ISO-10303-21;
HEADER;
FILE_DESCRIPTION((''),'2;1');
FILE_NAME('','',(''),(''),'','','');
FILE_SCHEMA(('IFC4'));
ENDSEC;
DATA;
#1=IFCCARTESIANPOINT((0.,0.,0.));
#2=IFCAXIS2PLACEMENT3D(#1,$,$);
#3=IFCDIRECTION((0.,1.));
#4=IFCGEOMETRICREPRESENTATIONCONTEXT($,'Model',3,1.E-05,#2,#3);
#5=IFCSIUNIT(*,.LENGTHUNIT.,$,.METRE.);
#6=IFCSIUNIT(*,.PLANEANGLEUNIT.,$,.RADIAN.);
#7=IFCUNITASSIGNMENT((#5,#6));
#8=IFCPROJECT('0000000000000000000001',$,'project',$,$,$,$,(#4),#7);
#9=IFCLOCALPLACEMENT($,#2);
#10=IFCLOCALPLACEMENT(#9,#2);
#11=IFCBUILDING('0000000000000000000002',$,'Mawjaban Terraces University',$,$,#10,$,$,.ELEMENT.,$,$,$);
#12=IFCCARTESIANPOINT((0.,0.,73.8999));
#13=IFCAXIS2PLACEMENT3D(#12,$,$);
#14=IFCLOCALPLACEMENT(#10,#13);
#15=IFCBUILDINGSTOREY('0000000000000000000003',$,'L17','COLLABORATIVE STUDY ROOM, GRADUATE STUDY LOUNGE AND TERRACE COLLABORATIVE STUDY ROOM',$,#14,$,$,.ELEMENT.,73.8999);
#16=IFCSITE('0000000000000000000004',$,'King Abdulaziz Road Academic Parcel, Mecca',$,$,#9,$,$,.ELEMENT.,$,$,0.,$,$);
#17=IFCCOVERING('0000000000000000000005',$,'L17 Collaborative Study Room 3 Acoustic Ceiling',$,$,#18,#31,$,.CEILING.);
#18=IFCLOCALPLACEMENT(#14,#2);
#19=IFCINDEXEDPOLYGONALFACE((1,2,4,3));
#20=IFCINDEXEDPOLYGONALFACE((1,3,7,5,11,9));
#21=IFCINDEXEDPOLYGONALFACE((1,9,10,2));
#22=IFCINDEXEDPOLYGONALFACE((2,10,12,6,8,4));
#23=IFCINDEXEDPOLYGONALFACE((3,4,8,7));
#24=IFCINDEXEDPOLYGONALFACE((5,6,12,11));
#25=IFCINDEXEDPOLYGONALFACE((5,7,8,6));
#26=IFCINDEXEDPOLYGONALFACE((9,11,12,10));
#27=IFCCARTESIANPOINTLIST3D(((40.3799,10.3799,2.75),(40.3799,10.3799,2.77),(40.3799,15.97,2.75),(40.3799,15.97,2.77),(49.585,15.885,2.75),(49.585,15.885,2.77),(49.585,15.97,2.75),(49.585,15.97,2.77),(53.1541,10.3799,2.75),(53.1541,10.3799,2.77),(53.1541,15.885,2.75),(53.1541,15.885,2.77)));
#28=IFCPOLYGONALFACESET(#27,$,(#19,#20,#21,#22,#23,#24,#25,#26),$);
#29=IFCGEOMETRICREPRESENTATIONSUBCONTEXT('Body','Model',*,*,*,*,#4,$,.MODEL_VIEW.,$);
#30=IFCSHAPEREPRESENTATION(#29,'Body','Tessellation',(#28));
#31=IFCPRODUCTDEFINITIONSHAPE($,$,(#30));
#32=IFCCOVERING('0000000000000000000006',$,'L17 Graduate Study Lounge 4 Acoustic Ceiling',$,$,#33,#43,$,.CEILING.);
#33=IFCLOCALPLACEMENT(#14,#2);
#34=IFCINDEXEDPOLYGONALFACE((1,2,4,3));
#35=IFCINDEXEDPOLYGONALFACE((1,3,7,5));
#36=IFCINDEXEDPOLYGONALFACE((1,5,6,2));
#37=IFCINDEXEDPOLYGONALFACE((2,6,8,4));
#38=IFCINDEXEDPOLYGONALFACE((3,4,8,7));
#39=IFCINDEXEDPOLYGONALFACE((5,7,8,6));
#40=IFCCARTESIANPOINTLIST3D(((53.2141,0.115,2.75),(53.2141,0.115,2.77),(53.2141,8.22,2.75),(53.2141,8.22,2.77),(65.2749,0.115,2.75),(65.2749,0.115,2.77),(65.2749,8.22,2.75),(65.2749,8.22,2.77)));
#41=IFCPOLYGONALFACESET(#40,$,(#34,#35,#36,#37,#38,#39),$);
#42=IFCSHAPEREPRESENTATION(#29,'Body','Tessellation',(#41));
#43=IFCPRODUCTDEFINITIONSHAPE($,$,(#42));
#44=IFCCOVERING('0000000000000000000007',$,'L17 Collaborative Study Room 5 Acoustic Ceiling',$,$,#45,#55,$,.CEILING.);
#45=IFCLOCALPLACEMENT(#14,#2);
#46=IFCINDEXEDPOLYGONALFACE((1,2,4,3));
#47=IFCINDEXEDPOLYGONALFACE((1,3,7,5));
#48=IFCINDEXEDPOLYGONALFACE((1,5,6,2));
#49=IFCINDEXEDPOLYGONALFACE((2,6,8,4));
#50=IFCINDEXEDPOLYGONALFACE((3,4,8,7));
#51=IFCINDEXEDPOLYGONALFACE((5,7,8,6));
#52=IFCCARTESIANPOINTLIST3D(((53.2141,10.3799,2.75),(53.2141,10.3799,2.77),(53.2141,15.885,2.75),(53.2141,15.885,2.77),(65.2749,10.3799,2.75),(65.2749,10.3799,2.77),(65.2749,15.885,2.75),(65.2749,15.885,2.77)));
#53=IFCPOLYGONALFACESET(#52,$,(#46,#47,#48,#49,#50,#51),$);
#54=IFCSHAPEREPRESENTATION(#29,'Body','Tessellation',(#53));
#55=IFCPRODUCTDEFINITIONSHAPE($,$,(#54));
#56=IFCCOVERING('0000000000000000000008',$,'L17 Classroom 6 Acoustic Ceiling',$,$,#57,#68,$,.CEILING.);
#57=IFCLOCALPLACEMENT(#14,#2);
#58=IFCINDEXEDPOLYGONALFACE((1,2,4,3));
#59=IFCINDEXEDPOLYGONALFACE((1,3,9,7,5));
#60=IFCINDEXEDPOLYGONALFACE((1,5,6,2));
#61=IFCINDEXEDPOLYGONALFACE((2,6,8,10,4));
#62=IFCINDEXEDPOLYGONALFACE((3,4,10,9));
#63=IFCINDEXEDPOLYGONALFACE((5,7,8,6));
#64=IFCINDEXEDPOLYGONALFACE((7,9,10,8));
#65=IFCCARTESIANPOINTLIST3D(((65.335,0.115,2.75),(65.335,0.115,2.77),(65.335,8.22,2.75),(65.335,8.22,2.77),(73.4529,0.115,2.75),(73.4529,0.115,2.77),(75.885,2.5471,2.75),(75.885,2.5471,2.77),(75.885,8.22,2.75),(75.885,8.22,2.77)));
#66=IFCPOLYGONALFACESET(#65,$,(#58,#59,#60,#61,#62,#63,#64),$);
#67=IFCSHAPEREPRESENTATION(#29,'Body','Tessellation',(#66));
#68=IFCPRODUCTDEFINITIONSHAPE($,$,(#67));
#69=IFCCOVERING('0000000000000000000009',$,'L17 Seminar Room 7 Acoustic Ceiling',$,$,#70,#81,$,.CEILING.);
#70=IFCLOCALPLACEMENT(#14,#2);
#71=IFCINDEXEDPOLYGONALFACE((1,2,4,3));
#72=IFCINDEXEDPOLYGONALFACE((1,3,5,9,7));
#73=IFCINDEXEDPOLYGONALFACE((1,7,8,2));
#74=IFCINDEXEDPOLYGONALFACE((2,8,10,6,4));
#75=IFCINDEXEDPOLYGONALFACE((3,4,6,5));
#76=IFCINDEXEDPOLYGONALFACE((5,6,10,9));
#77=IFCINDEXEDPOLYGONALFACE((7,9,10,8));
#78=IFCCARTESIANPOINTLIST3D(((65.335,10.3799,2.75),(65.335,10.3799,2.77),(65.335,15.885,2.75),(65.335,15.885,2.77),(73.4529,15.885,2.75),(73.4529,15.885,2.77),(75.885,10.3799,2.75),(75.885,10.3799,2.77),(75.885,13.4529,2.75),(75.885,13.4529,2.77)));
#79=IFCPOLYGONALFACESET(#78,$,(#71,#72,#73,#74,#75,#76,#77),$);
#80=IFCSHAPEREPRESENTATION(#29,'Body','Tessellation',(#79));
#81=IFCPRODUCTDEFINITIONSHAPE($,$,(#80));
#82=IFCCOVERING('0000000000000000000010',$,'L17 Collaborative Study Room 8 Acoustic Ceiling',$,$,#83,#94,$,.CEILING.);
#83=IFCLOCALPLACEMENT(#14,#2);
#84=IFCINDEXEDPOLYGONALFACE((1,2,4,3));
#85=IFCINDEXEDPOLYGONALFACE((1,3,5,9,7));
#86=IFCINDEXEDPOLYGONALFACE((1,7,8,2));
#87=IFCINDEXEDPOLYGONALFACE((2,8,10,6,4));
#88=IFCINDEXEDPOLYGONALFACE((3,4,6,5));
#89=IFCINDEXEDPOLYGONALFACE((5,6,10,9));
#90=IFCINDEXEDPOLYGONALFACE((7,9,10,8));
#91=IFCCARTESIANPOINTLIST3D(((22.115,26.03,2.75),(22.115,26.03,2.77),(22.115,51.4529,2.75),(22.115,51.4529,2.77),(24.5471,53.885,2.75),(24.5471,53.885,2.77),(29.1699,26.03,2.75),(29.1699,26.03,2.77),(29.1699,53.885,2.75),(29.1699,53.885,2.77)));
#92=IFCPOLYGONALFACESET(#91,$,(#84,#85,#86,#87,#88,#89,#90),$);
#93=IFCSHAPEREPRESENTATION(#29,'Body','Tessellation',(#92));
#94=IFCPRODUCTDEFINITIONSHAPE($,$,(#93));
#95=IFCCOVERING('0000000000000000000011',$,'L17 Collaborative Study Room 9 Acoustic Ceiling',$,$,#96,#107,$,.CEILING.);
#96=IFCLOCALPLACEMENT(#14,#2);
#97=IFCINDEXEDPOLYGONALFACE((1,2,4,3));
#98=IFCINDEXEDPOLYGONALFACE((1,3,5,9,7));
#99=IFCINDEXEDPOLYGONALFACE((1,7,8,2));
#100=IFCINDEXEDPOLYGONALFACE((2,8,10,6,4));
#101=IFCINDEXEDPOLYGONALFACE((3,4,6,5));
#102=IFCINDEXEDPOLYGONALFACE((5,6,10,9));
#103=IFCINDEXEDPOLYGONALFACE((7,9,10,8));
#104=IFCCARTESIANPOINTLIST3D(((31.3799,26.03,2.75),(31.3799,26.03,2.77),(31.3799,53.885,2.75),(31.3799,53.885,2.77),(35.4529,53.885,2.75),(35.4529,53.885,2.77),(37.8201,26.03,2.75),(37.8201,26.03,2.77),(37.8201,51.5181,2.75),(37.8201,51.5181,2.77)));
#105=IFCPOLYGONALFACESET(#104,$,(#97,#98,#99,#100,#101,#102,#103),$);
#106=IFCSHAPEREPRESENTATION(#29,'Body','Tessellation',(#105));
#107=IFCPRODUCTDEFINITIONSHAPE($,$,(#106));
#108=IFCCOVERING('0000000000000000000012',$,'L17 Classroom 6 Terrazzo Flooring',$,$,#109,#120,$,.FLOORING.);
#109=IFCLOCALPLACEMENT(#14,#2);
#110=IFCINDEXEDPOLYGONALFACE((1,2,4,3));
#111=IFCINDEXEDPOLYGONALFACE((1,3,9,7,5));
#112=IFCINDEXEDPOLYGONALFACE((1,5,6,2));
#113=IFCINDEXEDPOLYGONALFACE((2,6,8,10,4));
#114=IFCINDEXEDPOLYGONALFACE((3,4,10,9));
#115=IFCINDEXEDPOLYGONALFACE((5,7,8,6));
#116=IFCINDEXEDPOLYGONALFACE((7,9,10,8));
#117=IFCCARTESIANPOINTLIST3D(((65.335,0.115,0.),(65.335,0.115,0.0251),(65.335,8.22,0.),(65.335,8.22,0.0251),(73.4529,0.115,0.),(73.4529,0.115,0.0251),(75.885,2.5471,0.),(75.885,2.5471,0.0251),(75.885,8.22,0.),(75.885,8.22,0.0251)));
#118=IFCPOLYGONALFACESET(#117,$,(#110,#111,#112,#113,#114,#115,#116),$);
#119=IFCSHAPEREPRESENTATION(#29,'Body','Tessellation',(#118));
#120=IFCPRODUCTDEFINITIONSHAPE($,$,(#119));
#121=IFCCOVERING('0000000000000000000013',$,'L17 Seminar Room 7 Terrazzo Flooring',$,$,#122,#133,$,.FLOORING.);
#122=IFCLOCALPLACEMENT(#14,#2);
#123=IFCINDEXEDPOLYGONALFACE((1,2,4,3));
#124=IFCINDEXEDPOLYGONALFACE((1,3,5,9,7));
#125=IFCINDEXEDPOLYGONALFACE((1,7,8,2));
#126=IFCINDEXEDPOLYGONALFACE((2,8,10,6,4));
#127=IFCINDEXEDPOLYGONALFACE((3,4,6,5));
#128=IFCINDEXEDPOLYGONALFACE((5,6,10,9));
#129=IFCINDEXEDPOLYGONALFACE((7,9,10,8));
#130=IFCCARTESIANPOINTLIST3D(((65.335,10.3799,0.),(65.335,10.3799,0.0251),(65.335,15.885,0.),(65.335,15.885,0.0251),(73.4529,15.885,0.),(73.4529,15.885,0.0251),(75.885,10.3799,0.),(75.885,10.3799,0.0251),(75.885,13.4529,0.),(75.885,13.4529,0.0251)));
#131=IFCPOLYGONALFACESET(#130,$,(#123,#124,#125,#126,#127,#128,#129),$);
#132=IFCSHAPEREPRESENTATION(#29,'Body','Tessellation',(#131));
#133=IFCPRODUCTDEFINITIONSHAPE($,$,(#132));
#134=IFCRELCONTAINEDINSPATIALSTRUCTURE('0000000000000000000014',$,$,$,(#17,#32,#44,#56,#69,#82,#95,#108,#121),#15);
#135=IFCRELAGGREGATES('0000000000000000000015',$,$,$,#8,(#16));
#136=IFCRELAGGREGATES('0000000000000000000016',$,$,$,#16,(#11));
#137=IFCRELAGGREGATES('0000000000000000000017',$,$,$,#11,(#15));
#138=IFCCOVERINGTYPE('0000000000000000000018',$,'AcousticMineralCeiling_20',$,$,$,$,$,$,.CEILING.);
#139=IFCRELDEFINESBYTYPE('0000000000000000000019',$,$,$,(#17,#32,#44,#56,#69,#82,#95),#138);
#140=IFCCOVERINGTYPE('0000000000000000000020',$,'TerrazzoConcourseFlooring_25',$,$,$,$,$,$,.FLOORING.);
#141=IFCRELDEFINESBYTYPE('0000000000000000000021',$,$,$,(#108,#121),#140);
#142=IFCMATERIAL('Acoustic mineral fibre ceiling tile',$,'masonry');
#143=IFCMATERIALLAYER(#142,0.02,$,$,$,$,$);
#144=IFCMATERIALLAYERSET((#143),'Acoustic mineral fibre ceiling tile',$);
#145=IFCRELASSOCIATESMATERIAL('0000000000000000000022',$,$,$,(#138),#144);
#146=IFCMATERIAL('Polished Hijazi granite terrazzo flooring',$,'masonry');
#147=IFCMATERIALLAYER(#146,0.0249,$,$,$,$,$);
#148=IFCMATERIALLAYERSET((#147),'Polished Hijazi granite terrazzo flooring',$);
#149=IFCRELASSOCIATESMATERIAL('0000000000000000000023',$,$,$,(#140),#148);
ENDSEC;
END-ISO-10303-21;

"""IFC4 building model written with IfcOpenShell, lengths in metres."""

from ifc_helpers import new_model, si_unit, direction, frame, origin, place, context, subcontext, project, spatial, polyline, outline, extrude, material, layer, layer_set, type_object, element, save


model = new_model("IFC4")

# Units and contexts
model_context = context("Model", 3, precision=1e-05, world=origin(), true_north=direction((0.0, 1.0)))
body_context = subcontext(model_context, "Body", "Model", "MODEL_VIEW")
ifc_project = project(units=[si_unit("LENGTHUNIT", "METRE"), si_unit("PLANEANGLEUNIT", "RADIAN")], contexts=[model_context])

# Site, building, storey
site_placement = place(None, origin())
site = spatial("IfcSite", under=ifc_project, at=site_placement, Name="King Abdulaziz Road Academic Parcel, Mecca", CompositionType="ELEMENT", RefElevation=0.0)
building_placement = place(site_placement, origin())
building = spatial("IfcBuilding", under=site, at=building_placement, Name="Mawjaban Terraces University", CompositionType="ELEMENT")
storey_placement = place(building_placement, frame((0.0, 0.0, 73.8999)))
storey = spatial("IfcBuildingStorey", under=building, at=storey_placement, Name="L17", Description="COLLABORATIVE STUDY ROOM, GRADUATE STUDY LOUNGE AND TERRACE COLLABORATIVE STUDY ROOM", CompositionType="ELEMENT", Elevation=73.8999)

# Coverings
ifc_material_1 = material(Name="Acoustic mineral fibre ceiling tile", Category="masonry")
ifc_layer_1 = layer(ifc_material_1, 0.02)
ifc_layer_set_1 = layer_set([ifc_layer_1], Name="Acoustic mineral fibre ceiling tile")
covering_type_1 = type_object("IfcCoveringType", Name="AcousticMineralCeiling_20", PredefinedType="CEILING", material=ifc_layer_set_1)
covering_1_placement = place(storey_placement, frame((0.0, 0.0, 2.75)))
element("IfcCovering", 1, at=covering_1_placement, inside=storey, type_object=covering_type_1, Name="L17 Collaborative Study Room 3 Acoustic Ceiling", PredefinedType="CEILING", context=body_context, shape_type="SweptSolid", body=[
    extrude(outline(polyline([(53.1541, 15.885), (49.585, 15.885), (49.585, 15.97), (40.3799, 15.97), (40.3799, 10.3799), (53.1541, 10.3799), (53.1541, 15.885)])), origin(), (0.0, 0.0, 1.0), 0.02),
])
covering_2_placement = place(storey_placement, frame((0.0, 0.0, 2.75)))
element("IfcCovering", 2, at=covering_2_placement, inside=storey, type_object=covering_type_1, Name="L17 Graduate Study Lounge 4 Acoustic Ceiling", PredefinedType="CEILING", context=body_context, shape_type="SweptSolid", body=[
    extrude(outline(polyline([(53.2141, 0.115), (65.2749, 0.115), (65.2749, 8.22), (53.2141, 8.22), (53.2141, 0.115)])), origin(), (0.0, 0.0, 1.0), 0.02),
])
covering_3_placement = place(storey_placement, frame((0.0, 0.0, 2.75)))
element("IfcCovering", 3, at=covering_3_placement, inside=storey, type_object=covering_type_1, Name="L17 Collaborative Study Room 5 Acoustic Ceiling", PredefinedType="CEILING", context=body_context, shape_type="SweptSolid", body=[
    extrude(outline(polyline([(65.2749, 15.885), (53.2141, 15.885), (53.2141, 10.3799), (65.2749, 10.3799), (65.2749, 15.885)])), origin(), (0.0, 0.0, 1.0), 0.02),
])
covering_4_placement = place(storey_placement, frame((0.0, 0.0, 2.75)))
element("IfcCovering", 4, at=covering_4_placement, inside=storey, type_object=covering_type_1, Name="L17 Classroom 6 Acoustic Ceiling", PredefinedType="CEILING", context=body_context, shape_type="SweptSolid", body=[
    extrude(outline(polyline([(65.335, 0.115), (73.4529, 0.115), (75.885, 2.5471), (75.885, 8.22), (65.335, 8.22), (65.335, 0.115)])), origin(), (0.0, 0.0, 1.0), 0.02),
])
covering_5_placement = place(storey_placement, frame((0.0, 0.0, 2.75)))
element("IfcCovering", 5, at=covering_5_placement, inside=storey, type_object=covering_type_1, Name="L17 Seminar Room 7 Acoustic Ceiling", PredefinedType="CEILING", context=body_context, shape_type="SweptSolid", body=[
    extrude(outline(polyline([(75.885, 10.3799), (75.885, 13.4529), (73.4529, 15.885), (65.335, 15.885), (65.335, 10.3799), (75.885, 10.3799)])), origin(), (0.0, 0.0, 1.0), 0.02),
])
covering_6_placement = place(storey_placement, frame((0.0, 0.0, 2.75)))
element("IfcCovering", 6, at=covering_6_placement, inside=storey, type_object=covering_type_1, Name="L17 Collaborative Study Room 8 Acoustic Ceiling", PredefinedType="CEILING", context=body_context, shape_type="SweptSolid", body=[
    extrude(outline(polyline([(29.1699, 53.885), (24.5471, 53.885), (22.115, 51.4529), (22.115, 26.03), (29.1699, 26.03), (29.1699, 53.885)])), origin(), (0.0, 0.0, 1.0), 0.02),
])
covering_7_placement = place(storey_placement, frame((0.0, 0.0, 2.75)))
element("IfcCovering", 7, at=covering_7_placement, inside=storey, type_object=covering_type_1, Name="L17 Collaborative Study Room 9 Acoustic Ceiling", PredefinedType="CEILING", context=body_context, shape_type="SweptSolid", body=[
    extrude(outline(polyline([(35.4529, 53.885), (31.3799, 53.885), (31.3799, 26.03), (37.8201, 26.03), (37.8201, 51.5181), (35.4529, 53.885)])), origin(), (0.0, 0.0, 1.0), 0.02),
])
ifc_material_2 = material(Name="Polished Hijazi granite terrazzo flooring", Category="masonry")
ifc_layer_2 = layer(ifc_material_2, 0.0249)
ifc_layer_set_2 = layer_set([ifc_layer_2], Name="Polished Hijazi granite terrazzo flooring")
covering_type_2 = type_object("IfcCoveringType", Name="TerrazzoConcourseFlooring_25", PredefinedType="FLOORING", material=ifc_layer_set_2)
covering_8_placement = place(storey_placement, origin())
element("IfcCovering", 8, at=covering_8_placement, inside=storey, type_object=covering_type_2, Name="L17 Classroom 6 Terrazzo Flooring", PredefinedType="FLOORING", context=body_context, shape_type="SweptSolid", body=[
    extrude(outline(polyline([(65.335, 0.115), (73.4529, 0.115), (75.885, 2.5471), (75.885, 8.22), (65.335, 8.22), (65.335, 0.115)])), origin(), (0.0, 0.0, 1.0), 0.0251),
])
covering_9_placement = place(storey_placement, origin())
element("IfcCovering", 9, at=covering_9_placement, inside=storey, type_object=covering_type_2, Name="L17 Seminar Room 7 Terrazzo Flooring", PredefinedType="FLOORING", context=body_context, shape_type="SweptSolid", body=[
    extrude(outline(polyline([(75.885, 10.3799), (75.885, 13.4529), (73.4529, 15.885), (65.335, 15.885), (65.335, 10.3799), (75.885, 10.3799)])), origin(), (0.0, 0.0, 1.0), 0.0251),
])

save(model, "model.ifc")
